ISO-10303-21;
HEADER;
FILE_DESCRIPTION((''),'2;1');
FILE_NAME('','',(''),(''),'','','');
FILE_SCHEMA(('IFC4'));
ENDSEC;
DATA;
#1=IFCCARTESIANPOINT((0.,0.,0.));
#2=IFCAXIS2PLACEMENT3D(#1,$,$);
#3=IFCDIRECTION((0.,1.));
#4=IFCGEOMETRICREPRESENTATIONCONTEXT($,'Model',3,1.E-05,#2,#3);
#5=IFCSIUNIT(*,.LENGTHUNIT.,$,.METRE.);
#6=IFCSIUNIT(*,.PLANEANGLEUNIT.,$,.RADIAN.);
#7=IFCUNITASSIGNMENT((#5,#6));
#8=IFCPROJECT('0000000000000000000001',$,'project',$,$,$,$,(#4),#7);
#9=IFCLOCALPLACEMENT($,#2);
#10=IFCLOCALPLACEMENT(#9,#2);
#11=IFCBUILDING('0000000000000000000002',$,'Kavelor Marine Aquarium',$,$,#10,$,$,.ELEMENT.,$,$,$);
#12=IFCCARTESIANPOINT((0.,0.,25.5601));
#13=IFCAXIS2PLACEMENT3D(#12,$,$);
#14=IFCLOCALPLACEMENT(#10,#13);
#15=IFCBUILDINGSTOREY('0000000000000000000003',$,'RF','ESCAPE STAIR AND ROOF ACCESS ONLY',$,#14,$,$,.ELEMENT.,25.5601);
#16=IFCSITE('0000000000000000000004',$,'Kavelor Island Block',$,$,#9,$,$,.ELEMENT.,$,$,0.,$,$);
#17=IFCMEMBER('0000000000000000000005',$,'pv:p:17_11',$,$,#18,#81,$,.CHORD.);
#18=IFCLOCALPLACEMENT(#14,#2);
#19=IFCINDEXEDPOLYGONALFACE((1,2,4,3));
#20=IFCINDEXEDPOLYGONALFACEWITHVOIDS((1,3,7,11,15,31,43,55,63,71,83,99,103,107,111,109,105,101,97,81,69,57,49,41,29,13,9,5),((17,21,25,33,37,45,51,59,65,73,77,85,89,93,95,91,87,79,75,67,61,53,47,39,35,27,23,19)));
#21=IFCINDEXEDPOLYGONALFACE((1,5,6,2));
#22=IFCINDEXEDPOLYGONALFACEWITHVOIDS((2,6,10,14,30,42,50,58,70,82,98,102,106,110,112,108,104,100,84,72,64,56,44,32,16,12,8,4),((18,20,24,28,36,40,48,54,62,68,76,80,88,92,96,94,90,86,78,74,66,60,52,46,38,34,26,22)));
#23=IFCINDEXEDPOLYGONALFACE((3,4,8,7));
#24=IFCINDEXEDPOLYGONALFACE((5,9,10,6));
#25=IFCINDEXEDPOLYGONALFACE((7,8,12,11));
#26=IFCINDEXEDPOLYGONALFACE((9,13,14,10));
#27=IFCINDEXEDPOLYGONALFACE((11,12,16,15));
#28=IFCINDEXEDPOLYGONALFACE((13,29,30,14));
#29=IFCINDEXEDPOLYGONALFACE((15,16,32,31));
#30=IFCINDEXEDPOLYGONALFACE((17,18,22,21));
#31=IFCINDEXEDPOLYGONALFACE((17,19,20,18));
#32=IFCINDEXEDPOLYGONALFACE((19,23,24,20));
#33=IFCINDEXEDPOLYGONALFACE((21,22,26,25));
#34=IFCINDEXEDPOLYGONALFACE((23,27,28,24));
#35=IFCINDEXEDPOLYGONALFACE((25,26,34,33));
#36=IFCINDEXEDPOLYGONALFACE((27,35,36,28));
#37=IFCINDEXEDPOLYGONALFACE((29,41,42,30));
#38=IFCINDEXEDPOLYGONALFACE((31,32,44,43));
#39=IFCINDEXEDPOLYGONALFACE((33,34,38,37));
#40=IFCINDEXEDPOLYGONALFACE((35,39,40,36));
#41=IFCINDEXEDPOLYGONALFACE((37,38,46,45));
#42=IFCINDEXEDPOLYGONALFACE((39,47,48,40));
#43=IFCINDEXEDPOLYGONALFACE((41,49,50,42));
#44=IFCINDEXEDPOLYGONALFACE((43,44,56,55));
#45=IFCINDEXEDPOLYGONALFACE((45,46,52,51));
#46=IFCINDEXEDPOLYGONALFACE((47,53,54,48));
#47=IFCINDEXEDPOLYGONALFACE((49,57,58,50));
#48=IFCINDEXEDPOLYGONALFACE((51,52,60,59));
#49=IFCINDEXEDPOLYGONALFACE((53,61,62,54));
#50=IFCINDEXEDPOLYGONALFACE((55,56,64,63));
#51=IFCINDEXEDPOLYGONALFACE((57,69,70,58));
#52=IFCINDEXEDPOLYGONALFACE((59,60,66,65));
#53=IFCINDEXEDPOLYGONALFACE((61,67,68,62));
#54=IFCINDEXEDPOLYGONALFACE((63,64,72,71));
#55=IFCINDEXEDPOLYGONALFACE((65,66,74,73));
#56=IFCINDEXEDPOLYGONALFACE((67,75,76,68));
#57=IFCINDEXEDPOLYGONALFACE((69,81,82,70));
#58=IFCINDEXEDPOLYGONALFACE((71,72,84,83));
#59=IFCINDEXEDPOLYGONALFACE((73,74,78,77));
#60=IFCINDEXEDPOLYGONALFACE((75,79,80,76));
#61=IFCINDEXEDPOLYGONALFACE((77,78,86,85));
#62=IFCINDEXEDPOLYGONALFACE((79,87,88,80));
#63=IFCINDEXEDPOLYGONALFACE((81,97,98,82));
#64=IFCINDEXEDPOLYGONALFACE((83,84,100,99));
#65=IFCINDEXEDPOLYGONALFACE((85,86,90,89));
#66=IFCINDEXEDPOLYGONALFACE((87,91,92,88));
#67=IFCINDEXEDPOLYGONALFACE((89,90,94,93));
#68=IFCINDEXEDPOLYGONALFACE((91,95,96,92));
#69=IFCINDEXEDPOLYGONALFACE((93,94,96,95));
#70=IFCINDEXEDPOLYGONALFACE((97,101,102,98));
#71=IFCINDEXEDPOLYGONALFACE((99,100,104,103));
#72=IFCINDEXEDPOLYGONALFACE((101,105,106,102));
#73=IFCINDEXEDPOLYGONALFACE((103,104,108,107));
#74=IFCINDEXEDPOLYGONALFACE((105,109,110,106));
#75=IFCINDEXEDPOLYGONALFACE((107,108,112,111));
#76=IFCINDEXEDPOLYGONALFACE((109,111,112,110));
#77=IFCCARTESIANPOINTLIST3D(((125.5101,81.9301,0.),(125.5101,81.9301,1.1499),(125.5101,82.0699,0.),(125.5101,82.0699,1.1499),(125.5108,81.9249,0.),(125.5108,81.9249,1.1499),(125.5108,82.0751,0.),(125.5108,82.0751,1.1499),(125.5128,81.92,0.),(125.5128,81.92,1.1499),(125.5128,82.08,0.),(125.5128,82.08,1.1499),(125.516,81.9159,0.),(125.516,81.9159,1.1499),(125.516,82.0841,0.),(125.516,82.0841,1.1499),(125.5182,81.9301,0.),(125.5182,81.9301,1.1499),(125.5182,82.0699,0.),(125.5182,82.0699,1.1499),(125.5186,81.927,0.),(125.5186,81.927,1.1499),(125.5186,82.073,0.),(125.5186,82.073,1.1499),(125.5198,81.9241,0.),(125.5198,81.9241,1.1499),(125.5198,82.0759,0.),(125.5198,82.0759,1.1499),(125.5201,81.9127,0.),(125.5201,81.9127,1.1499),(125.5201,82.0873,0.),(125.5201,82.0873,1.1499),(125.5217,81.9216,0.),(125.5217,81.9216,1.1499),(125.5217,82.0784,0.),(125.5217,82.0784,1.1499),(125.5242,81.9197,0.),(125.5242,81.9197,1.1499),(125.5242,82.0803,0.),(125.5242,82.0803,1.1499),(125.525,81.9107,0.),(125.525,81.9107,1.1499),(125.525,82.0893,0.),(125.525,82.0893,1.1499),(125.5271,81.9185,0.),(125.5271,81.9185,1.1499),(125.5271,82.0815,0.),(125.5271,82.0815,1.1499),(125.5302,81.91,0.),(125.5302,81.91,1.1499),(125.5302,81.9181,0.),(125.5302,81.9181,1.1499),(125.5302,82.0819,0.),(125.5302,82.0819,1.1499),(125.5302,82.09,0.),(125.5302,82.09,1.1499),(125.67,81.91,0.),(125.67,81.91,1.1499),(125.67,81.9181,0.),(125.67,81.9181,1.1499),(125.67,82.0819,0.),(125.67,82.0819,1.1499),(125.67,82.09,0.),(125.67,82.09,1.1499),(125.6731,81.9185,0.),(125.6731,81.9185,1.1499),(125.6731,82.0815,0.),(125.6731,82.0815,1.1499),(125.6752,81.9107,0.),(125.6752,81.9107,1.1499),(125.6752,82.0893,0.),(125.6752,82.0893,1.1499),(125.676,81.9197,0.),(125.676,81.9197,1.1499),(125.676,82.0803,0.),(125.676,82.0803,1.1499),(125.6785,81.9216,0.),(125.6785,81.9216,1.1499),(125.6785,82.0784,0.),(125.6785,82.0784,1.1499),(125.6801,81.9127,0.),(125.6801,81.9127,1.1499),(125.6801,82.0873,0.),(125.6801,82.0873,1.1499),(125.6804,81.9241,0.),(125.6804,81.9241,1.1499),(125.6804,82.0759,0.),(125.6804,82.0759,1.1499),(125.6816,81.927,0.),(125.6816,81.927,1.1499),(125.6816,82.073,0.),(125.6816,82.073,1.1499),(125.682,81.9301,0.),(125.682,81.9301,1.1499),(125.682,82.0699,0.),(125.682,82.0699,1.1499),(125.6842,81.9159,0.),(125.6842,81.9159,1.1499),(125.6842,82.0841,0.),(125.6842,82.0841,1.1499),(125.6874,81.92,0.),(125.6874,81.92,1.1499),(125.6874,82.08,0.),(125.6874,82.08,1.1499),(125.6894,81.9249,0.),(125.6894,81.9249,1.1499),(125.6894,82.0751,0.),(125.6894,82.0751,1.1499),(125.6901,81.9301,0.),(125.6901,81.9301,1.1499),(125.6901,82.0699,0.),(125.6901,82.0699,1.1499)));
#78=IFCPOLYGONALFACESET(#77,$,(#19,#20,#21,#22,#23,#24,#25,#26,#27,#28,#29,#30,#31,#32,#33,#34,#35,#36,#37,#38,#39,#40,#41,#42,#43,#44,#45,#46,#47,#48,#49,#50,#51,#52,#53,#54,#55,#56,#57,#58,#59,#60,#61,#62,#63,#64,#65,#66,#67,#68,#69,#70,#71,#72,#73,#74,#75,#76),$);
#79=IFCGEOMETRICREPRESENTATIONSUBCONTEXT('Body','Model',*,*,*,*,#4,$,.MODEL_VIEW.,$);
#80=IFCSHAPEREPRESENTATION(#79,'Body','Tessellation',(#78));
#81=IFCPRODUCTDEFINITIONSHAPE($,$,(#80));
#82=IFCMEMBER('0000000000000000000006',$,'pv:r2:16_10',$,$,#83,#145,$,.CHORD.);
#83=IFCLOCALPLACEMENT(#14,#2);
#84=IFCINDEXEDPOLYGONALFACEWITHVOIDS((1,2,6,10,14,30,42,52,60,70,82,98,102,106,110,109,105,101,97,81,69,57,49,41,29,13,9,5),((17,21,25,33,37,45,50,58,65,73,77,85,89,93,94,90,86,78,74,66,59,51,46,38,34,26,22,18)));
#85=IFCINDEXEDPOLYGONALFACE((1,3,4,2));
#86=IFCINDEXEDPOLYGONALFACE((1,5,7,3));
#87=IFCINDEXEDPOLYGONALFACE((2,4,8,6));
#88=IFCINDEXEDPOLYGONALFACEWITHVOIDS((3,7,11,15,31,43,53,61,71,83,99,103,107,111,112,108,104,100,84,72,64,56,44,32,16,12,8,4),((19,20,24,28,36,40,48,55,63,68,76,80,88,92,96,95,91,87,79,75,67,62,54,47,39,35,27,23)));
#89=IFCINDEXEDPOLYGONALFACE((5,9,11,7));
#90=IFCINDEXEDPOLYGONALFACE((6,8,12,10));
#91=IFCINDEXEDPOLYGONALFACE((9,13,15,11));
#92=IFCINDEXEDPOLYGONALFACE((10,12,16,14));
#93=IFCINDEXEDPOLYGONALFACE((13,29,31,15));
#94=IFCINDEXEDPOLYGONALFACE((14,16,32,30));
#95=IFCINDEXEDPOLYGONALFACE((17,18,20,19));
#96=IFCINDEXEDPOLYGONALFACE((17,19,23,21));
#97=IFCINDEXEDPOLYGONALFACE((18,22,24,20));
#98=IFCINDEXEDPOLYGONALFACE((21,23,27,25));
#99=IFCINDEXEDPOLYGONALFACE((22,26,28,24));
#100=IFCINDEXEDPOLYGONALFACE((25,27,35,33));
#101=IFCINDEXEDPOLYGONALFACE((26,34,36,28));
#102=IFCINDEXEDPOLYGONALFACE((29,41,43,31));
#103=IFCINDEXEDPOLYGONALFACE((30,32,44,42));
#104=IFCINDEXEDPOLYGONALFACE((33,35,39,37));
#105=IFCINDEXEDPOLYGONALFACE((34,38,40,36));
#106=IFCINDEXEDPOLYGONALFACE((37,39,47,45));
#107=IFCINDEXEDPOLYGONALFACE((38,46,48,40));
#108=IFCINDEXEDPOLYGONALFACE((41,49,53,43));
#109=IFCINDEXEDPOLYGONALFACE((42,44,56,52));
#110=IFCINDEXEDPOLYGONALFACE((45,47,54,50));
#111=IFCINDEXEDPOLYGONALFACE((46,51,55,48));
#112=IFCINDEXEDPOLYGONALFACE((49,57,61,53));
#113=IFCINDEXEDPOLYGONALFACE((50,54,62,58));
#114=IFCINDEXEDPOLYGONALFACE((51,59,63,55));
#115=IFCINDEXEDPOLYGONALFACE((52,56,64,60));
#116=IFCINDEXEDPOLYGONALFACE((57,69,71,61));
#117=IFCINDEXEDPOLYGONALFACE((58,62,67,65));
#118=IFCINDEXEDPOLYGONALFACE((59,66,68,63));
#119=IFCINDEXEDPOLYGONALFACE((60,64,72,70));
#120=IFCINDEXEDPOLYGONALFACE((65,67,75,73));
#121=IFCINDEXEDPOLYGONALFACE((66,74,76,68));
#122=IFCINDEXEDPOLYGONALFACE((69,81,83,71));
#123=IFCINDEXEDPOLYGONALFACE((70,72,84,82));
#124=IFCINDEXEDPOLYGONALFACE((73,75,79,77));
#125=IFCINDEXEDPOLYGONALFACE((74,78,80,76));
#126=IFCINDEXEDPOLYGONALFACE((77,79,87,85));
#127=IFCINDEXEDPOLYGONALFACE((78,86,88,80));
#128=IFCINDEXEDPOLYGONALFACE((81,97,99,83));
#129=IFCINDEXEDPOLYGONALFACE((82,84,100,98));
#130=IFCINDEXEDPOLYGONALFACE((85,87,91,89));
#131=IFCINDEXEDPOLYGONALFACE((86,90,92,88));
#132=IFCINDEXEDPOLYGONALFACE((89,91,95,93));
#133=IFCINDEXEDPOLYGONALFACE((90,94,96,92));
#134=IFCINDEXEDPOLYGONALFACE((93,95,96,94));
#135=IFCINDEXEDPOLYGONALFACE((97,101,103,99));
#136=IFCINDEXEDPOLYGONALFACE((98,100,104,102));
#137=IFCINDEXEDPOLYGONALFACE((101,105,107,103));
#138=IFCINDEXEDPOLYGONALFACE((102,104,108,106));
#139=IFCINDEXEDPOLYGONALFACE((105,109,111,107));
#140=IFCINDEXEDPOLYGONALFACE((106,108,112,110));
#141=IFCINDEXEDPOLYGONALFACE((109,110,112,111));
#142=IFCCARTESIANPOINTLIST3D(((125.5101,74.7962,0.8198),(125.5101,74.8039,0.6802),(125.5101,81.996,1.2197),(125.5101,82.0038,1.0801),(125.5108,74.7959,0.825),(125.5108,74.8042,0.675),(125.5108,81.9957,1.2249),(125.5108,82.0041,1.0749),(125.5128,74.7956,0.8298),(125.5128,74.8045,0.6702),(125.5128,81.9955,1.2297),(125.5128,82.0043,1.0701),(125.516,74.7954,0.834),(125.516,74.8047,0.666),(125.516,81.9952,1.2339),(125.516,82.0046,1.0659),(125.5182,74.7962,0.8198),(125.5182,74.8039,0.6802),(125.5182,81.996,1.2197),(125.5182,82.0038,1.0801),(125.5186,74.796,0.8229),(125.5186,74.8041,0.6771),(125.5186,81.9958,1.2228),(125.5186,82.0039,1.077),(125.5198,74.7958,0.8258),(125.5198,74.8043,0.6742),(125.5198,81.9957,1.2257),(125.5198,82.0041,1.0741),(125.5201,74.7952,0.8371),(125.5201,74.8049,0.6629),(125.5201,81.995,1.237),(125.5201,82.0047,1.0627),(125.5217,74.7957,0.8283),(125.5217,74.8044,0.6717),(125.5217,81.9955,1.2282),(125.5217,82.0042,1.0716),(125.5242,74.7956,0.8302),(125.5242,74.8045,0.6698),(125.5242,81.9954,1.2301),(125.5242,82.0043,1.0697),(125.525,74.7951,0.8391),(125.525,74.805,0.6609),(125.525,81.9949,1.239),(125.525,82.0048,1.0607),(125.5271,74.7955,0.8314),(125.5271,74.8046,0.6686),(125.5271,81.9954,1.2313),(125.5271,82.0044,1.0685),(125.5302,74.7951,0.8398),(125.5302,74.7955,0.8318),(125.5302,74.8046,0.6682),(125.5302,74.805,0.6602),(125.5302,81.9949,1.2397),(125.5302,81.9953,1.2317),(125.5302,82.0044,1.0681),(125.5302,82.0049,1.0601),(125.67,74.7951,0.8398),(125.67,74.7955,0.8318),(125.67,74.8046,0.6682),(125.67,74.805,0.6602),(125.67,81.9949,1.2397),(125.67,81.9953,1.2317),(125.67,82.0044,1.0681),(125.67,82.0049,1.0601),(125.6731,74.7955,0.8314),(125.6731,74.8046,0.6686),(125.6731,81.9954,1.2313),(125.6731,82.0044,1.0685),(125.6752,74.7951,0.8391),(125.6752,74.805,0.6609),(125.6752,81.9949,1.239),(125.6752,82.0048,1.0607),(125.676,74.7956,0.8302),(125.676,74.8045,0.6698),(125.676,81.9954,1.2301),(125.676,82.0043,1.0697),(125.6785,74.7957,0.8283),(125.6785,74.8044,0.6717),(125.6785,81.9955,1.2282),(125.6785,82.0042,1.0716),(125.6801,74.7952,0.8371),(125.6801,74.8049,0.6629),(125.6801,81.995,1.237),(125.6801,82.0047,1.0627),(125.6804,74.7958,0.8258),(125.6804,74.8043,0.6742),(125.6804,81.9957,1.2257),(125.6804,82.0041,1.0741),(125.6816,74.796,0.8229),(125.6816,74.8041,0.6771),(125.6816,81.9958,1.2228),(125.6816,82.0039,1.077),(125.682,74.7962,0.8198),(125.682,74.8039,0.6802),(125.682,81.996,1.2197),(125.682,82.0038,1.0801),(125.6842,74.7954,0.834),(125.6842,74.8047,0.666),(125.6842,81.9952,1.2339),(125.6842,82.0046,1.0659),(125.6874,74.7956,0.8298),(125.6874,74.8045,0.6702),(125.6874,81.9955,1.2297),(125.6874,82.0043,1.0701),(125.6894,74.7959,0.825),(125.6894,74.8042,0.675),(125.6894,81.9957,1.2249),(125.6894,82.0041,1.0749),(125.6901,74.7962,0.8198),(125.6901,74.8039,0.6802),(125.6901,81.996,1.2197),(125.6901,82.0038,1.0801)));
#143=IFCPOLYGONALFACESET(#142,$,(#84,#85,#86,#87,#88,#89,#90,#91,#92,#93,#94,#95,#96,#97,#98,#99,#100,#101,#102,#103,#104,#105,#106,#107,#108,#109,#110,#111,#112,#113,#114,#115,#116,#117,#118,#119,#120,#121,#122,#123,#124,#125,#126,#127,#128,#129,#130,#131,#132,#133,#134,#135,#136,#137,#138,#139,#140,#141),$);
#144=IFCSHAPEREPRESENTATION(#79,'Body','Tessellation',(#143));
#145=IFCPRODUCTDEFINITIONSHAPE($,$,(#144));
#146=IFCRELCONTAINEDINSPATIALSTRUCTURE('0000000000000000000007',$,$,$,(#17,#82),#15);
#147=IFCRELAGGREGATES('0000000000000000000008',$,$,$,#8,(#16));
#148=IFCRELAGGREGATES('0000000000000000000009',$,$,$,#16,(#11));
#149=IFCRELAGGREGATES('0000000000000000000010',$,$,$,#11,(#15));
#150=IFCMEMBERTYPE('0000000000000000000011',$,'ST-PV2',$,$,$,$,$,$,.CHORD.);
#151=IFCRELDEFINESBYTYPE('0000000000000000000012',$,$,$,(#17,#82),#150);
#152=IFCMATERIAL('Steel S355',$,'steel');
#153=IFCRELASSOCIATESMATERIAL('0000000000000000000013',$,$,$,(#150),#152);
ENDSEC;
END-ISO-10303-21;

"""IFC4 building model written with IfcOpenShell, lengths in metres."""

from ifc_helpers import new_model, si_unit, direction, frame, origin, origin_2d, place, context, subcontext, project, spatial, hollow_rectangle, extrude, material, material_profile, profile_set, type_object, element, save


model = new_model("IFC4")

# Units and contexts
model_context = context("Model", 3, precision=1e-05, world=origin(), true_north=direction((0.0, 1.0)))
body_context = subcontext(model_context, "Body", "Model", "MODEL_VIEW")
ifc_project = project(units=[si_unit("LENGTHUNIT", "METRE"), si_unit("PLANEANGLEUNIT", "RADIAN")], contexts=[model_context])

# Site, building, storey
site_placement = place(None, origin())
site = spatial("IfcSite", under=ifc_project, at=site_placement, Name="Kavelor Island Block", CompositionType="ELEMENT", RefElevation=0.0)
building_placement = place(site_placement, origin())
building = spatial("IfcBuilding", under=site, at=building_placement, Name="Kavelor Marine Aquarium", CompositionType="ELEMENT")
storey_placement = place(building_placement, frame((0.0, 0.0, 25.5601)))
storey = spatial("IfcBuildingStorey", under=building, at=storey_placement, Name="RF", Description="ESCAPE STAIR AND ROOF ACCESS ONLY", CompositionType="ELEMENT", Elevation=25.5601)

# Members
ifc_material_1 = material(Name="Steel S355", Category="steel")
ifc_material_profile_1 = material_profile(ifc_material_1, hollow_rectangle(XDim=0.1799, YDim=0.1799, WallThickness=0.0081, InnerFilletRadius=0.012, OuterFilletRadius=0.02, at=origin_2d()), Name="SHS 180x180x8.0")
ifc_profile_set_1 = profile_set([ifc_material_profile_1], Name="Steel S355")
member_type_1 = type_object("IfcMemberType", Name="ST-PV2", PredefinedType="CHORD", material=ifc_profile_set_1)
member_1_placement = place(storey_placement, frame((125.6001, 82.0, 0.0), z_axis=(0.0, 0.0, 1.0), x_axis=(1.0, 0.0, 0.0)))
element("IfcMember", 1, at=member_1_placement, inside=storey, type_object=member_type_1, Name="pv:p:17_11", PredefinedType="CHORD", context=body_context, shape_type="SweptSolid", body=[
    extrude(hollow_rectangle(XDim=0.1799, YDim=0.1799, WallThickness=0.0081, InnerFilletRadius=0.012, OuterFilletRadius=0.02, at=origin_2d()), origin(), (0.0, 0.0, 1.0), 1.1499),
])
for number, where, z_axis, x_axis, name in (
    (2, (125.6001, 74.8, 0.75), (0.0, 0.998461, 0.055457), (-1.0, 0.0, 0.0), "pv:r2:16_10"),
):
    element("IfcMember", number, at=place(storey_placement, frame(where, z_axis=z_axis, x_axis=x_axis)), inside=storey, type_object=member_type_1, Name=name, PredefinedType="CHORD", context=body_context, shape_type="SweptSolid", body=[
        extrude(hollow_rectangle(XDim=0.1799, YDim=0.1799, WallThickness=0.0081, InnerFilletRadius=0.012, OuterFilletRadius=0.02, at=origin_2d()), origin(), (0.0, 0.0, 1.0), 7.2109),
    ])

save(model, "model.ifc")
